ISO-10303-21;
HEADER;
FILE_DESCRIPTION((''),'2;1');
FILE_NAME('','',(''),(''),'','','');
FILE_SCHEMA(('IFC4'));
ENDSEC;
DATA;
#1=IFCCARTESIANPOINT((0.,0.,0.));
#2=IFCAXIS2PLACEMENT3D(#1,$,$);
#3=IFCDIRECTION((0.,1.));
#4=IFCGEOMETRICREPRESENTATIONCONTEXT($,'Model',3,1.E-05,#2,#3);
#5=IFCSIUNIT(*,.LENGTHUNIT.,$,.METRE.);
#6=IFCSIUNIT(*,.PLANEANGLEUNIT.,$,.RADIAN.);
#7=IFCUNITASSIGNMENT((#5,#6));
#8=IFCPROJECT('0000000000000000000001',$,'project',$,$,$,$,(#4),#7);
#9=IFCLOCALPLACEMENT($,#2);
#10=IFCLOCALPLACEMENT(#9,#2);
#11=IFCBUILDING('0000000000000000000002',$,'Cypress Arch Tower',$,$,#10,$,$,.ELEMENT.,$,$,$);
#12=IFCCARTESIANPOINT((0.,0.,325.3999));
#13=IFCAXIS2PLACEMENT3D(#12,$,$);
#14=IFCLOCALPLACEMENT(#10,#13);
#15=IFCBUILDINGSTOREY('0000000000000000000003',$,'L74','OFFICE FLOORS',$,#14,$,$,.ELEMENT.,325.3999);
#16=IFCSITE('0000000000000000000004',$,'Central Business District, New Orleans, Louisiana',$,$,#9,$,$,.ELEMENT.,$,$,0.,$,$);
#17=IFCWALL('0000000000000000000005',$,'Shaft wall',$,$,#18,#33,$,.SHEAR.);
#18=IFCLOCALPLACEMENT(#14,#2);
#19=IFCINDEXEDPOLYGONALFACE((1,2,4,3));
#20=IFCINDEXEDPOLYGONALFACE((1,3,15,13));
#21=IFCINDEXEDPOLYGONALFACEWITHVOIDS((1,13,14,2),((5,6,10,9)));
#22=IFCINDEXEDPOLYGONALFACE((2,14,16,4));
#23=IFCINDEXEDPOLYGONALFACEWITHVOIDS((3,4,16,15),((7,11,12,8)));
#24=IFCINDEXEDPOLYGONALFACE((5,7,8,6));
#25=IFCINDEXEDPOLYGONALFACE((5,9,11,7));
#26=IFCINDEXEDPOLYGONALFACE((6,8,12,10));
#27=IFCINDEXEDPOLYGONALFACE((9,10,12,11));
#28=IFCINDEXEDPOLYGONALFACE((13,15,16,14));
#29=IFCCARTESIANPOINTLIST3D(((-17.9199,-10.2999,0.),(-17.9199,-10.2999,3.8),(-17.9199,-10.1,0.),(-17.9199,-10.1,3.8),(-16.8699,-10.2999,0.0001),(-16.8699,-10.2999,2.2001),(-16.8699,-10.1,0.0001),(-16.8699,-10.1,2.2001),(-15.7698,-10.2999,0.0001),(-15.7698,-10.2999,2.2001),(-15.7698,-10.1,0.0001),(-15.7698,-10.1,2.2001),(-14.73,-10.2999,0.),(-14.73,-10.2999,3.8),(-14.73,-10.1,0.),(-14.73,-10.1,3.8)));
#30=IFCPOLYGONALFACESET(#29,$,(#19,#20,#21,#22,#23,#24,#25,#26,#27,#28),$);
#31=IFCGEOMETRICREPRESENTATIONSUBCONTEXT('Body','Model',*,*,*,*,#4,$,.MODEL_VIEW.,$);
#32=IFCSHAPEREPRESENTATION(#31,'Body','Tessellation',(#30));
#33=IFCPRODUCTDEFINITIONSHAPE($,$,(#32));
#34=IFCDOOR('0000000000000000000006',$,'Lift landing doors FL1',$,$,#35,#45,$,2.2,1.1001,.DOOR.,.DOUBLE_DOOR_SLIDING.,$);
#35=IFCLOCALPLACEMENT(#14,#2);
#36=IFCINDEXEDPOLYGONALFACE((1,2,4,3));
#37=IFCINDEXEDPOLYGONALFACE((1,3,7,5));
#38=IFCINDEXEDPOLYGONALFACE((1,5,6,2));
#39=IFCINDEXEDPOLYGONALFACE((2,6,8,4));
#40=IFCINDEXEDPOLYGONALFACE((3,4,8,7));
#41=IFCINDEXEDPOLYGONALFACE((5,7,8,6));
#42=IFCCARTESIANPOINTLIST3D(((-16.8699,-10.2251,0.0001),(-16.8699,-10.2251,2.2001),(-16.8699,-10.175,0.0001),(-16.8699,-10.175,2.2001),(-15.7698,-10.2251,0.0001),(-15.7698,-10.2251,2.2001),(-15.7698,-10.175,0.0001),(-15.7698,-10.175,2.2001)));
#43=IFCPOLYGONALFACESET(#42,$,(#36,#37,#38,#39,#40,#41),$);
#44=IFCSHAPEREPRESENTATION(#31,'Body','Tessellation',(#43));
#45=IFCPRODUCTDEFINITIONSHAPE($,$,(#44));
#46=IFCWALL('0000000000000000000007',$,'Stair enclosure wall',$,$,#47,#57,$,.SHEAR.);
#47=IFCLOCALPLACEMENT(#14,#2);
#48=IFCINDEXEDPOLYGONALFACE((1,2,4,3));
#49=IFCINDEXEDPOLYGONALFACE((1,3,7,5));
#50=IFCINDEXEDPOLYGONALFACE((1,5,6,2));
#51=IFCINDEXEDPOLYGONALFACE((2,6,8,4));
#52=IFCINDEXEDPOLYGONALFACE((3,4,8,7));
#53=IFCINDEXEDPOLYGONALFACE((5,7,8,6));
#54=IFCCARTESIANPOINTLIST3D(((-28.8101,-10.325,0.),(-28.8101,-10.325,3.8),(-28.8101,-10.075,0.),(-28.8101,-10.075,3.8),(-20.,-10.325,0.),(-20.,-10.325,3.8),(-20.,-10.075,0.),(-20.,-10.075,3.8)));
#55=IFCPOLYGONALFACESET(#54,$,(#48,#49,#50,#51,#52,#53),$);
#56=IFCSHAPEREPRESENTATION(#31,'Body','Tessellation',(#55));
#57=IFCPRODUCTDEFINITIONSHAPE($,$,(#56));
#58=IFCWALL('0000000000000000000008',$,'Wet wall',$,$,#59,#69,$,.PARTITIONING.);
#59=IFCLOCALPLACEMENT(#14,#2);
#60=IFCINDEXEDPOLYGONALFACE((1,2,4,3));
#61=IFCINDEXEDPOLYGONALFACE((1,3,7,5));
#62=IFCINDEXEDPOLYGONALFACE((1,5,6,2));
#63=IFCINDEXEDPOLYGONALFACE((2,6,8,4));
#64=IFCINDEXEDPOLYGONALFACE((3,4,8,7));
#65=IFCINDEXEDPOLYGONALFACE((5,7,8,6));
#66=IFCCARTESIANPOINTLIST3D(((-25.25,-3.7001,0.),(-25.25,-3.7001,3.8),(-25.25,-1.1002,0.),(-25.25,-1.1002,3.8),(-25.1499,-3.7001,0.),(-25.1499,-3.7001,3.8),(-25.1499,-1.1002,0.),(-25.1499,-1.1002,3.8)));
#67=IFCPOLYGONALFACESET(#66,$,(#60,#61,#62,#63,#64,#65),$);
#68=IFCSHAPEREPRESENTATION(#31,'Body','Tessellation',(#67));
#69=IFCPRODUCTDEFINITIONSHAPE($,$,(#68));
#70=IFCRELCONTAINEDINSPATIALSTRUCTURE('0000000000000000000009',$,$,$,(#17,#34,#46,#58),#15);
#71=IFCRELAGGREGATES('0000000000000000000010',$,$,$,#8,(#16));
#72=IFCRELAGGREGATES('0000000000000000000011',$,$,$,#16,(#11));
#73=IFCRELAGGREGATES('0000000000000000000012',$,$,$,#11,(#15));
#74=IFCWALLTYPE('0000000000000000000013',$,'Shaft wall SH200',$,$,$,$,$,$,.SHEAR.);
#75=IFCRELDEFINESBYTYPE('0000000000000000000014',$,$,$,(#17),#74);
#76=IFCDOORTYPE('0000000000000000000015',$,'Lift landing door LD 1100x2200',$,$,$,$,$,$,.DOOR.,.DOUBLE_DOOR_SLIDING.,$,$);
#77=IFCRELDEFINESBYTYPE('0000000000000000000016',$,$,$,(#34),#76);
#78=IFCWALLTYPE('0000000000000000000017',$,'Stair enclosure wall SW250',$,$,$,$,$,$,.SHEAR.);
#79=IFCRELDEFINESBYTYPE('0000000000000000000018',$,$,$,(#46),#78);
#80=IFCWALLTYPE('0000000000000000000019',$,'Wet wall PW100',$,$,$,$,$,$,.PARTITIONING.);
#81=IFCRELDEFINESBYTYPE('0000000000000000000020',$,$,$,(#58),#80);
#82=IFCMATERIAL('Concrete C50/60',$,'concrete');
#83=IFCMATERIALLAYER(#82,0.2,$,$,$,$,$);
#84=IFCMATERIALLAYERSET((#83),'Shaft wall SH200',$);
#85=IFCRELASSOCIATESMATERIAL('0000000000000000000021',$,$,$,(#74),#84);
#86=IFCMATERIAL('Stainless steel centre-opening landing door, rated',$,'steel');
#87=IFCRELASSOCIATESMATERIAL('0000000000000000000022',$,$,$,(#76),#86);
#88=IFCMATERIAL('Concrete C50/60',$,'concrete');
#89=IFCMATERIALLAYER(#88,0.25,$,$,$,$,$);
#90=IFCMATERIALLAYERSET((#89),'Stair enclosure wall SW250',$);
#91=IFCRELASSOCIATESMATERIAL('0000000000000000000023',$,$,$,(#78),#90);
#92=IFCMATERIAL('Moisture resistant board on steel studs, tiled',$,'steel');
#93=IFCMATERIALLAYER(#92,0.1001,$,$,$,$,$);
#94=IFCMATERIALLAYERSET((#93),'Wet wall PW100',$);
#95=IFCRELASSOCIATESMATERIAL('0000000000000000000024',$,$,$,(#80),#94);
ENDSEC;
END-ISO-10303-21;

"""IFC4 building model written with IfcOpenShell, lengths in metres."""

from ifc_helpers import new_model, si_unit, direction, frame, frame_2d, origin, place, context, subcontext, project, spatial, rectangle, extrude, material, layer, layer_set, type_object, element, fill, save


model = new_model("IFC4")

# Units and contexts
model_context = context("Model", 3, precision=1e-05, world=origin(), true_north=direction((0.0, 1.0)))
body_context = subcontext(model_context, "Body", "Model", "MODEL_VIEW")
ifc_project = project(units=[si_unit("LENGTHUNIT", "METRE"), si_unit("PLANEANGLEUNIT", "RADIAN")], contexts=[model_context])

# Site, building, storey
site_placement = place(None, origin())
site = spatial("IfcSite", under=ifc_project, at=site_placement, Name="Central Business District, New Orleans, Louisiana", CompositionType="ELEMENT", RefElevation=0.0)
building_placement = place(site_placement, origin())
building = spatial("IfcBuilding", under=site, at=building_placement, Name="Cypress Arch Tower", CompositionType="ELEMENT")
storey_placement = place(building_placement, frame((0.0, 0.0, 325.3999)))
storey = spatial("IfcBuildingStorey", under=building, at=storey_placement, Name="L74", Description="OFFICE FLOORS", CompositionType="ELEMENT", Elevation=325.3999)

# Wall, opening, door
ifc_material_1 = material(Name="Concrete C50/60", Category="concrete")
ifc_layer_1 = layer(ifc_material_1, 0.2)
ifc_layer_set_1 = layer_set([ifc_layer_1], Name="Shaft wall SH200")
wall_type_1 = type_object("IfcWallType", Name="Shaft wall SH200", PredefinedType="SHEAR", material=ifc_layer_set_1)
wall_1_placement = place(storey_placement, frame((-17.9199, -10.2, 0.0), z_axis=(0.0, 0.0, 1.0), x_axis=(1.0, 0.0, 0.0)))
wall_1 = element("IfcWall", 1, at=wall_1_placement, inside=storey, type_object=wall_type_1, Name="Shaft wall", PredefinedType="SHEAR", context=body_context, shape_type="SweptSolid", body=[
    extrude(rectangle(XDim=3.1899, YDim=0.2, at=frame_2d((1.595, 0.0))), origin(), (0.0, 0.0, 1.0), 3.8),
])
opening_1_placement = place(wall_1_placement, frame((1.05, 0.0, 0.0)))
opening_1 = element("IfcOpeningElement", 2, at=opening_1_placement, cuts=wall_1, PredefinedType="OPENING", context=body_context, shape_type="SweptSolid", body=[
    extrude(rectangle(XDim=1.1001, YDim=2.2, at=frame_2d((0.55, 1.1001))), frame((0.0, 0.1099, 0.0), z_axis=(0.0, -1.0, 0.0), x_axis=(1.0, 0.0, 0.0)), (0.0, 0.0, 1.0), 0.22),
])
ifc_material_2 = material(Name="Stainless steel centre-opening landing door, rated", Category="steel")
door_type_1 = type_object("IfcDoorType", Name="Lift landing door LD 1100x2200", OperationType="DOUBLE_DOOR_SLIDING", PredefinedType="DOOR", material=ifc_material_2)
door_1_placement = place(opening_1_placement, origin())
door_1 = element("IfcDoor", 3, at=door_1_placement, inside=storey, type_object=door_type_1, Name="Lift landing doors FL1", OperationType="DOUBLE_DOOR_SLIDING", OverallHeight=2.2, OverallWidth=1.1001, PredefinedType="DOOR", context=body_context, shape_type="SweptSolid", body=[
    extrude(rectangle(XDim=1.1001, YDim=2.2, at=frame_2d((0.55, 1.1001))), frame((0.0, 0.0249, 0.0), z_axis=(0.0, -1.0, 0.0), x_axis=(1.0, 0.0, 0.0)), (0.0, 0.0, 1.0), 0.05),
])
fill(opening_1, door_1)

# Walls
ifc_material_3 = material(Name="Concrete C50/60", Category="concrete")
ifc_layer_2 = layer(ifc_material_3, 0.25)
ifc_layer_set_2 = layer_set([ifc_layer_2], Name="Stair enclosure wall SW250")
wall_type_2 = type_object("IfcWallType", Name="Stair enclosure wall SW250", PredefinedType="SHEAR", material=ifc_layer_set_2)
wall_2_placement = place(storey_placement, frame((-28.8101, -10.2, 0.0), z_axis=(0.0, 0.0, 1.0), x_axis=(1.0, 0.0, 0.0)))
element("IfcWall", 4, at=wall_2_placement, inside=storey, type_object=wall_type_2, Name="Stair enclosure wall", PredefinedType="SHEAR", context=body_context, shape_type="SweptSolid", body=[
    extrude(rectangle(XDim=8.8101, YDim=0.25, at=frame_2d((4.405, 0.0))), origin(), (0.0, 0.0, 1.0), 3.8),
])
ifc_material_4 = material(Name="Moisture resistant board on steel studs, tiled", Category="steel")
ifc_layer_3 = layer(ifc_material_4, 0.1001)
ifc_layer_set_3 = layer_set([ifc_layer_3], Name="Wet wall PW100")
wall_type_3 = type_object("IfcWallType", Name="Wet wall PW100", PredefinedType="PARTITIONING", material=ifc_layer_set_3)
wall_3_placement = place(storey_placement, frame((-25.2, -3.7, 0.0), z_axis=(0.0, 0.0, 1.0), x_axis=(0.0, 1.0, 0.0)))
element("IfcWall", 5, at=wall_3_placement, inside=storey, type_object=wall_type_3, Name="Wet wall", PredefinedType="PARTITIONING", context=body_context, shape_type="SweptSolid", body=[
    extrude(rectangle(XDim=2.5999, YDim=0.1001, at=frame_2d((1.2998, 0.0))), origin(), (0.0, 0.0, 1.0), 3.8),
])

save(model, "model.ifc")
